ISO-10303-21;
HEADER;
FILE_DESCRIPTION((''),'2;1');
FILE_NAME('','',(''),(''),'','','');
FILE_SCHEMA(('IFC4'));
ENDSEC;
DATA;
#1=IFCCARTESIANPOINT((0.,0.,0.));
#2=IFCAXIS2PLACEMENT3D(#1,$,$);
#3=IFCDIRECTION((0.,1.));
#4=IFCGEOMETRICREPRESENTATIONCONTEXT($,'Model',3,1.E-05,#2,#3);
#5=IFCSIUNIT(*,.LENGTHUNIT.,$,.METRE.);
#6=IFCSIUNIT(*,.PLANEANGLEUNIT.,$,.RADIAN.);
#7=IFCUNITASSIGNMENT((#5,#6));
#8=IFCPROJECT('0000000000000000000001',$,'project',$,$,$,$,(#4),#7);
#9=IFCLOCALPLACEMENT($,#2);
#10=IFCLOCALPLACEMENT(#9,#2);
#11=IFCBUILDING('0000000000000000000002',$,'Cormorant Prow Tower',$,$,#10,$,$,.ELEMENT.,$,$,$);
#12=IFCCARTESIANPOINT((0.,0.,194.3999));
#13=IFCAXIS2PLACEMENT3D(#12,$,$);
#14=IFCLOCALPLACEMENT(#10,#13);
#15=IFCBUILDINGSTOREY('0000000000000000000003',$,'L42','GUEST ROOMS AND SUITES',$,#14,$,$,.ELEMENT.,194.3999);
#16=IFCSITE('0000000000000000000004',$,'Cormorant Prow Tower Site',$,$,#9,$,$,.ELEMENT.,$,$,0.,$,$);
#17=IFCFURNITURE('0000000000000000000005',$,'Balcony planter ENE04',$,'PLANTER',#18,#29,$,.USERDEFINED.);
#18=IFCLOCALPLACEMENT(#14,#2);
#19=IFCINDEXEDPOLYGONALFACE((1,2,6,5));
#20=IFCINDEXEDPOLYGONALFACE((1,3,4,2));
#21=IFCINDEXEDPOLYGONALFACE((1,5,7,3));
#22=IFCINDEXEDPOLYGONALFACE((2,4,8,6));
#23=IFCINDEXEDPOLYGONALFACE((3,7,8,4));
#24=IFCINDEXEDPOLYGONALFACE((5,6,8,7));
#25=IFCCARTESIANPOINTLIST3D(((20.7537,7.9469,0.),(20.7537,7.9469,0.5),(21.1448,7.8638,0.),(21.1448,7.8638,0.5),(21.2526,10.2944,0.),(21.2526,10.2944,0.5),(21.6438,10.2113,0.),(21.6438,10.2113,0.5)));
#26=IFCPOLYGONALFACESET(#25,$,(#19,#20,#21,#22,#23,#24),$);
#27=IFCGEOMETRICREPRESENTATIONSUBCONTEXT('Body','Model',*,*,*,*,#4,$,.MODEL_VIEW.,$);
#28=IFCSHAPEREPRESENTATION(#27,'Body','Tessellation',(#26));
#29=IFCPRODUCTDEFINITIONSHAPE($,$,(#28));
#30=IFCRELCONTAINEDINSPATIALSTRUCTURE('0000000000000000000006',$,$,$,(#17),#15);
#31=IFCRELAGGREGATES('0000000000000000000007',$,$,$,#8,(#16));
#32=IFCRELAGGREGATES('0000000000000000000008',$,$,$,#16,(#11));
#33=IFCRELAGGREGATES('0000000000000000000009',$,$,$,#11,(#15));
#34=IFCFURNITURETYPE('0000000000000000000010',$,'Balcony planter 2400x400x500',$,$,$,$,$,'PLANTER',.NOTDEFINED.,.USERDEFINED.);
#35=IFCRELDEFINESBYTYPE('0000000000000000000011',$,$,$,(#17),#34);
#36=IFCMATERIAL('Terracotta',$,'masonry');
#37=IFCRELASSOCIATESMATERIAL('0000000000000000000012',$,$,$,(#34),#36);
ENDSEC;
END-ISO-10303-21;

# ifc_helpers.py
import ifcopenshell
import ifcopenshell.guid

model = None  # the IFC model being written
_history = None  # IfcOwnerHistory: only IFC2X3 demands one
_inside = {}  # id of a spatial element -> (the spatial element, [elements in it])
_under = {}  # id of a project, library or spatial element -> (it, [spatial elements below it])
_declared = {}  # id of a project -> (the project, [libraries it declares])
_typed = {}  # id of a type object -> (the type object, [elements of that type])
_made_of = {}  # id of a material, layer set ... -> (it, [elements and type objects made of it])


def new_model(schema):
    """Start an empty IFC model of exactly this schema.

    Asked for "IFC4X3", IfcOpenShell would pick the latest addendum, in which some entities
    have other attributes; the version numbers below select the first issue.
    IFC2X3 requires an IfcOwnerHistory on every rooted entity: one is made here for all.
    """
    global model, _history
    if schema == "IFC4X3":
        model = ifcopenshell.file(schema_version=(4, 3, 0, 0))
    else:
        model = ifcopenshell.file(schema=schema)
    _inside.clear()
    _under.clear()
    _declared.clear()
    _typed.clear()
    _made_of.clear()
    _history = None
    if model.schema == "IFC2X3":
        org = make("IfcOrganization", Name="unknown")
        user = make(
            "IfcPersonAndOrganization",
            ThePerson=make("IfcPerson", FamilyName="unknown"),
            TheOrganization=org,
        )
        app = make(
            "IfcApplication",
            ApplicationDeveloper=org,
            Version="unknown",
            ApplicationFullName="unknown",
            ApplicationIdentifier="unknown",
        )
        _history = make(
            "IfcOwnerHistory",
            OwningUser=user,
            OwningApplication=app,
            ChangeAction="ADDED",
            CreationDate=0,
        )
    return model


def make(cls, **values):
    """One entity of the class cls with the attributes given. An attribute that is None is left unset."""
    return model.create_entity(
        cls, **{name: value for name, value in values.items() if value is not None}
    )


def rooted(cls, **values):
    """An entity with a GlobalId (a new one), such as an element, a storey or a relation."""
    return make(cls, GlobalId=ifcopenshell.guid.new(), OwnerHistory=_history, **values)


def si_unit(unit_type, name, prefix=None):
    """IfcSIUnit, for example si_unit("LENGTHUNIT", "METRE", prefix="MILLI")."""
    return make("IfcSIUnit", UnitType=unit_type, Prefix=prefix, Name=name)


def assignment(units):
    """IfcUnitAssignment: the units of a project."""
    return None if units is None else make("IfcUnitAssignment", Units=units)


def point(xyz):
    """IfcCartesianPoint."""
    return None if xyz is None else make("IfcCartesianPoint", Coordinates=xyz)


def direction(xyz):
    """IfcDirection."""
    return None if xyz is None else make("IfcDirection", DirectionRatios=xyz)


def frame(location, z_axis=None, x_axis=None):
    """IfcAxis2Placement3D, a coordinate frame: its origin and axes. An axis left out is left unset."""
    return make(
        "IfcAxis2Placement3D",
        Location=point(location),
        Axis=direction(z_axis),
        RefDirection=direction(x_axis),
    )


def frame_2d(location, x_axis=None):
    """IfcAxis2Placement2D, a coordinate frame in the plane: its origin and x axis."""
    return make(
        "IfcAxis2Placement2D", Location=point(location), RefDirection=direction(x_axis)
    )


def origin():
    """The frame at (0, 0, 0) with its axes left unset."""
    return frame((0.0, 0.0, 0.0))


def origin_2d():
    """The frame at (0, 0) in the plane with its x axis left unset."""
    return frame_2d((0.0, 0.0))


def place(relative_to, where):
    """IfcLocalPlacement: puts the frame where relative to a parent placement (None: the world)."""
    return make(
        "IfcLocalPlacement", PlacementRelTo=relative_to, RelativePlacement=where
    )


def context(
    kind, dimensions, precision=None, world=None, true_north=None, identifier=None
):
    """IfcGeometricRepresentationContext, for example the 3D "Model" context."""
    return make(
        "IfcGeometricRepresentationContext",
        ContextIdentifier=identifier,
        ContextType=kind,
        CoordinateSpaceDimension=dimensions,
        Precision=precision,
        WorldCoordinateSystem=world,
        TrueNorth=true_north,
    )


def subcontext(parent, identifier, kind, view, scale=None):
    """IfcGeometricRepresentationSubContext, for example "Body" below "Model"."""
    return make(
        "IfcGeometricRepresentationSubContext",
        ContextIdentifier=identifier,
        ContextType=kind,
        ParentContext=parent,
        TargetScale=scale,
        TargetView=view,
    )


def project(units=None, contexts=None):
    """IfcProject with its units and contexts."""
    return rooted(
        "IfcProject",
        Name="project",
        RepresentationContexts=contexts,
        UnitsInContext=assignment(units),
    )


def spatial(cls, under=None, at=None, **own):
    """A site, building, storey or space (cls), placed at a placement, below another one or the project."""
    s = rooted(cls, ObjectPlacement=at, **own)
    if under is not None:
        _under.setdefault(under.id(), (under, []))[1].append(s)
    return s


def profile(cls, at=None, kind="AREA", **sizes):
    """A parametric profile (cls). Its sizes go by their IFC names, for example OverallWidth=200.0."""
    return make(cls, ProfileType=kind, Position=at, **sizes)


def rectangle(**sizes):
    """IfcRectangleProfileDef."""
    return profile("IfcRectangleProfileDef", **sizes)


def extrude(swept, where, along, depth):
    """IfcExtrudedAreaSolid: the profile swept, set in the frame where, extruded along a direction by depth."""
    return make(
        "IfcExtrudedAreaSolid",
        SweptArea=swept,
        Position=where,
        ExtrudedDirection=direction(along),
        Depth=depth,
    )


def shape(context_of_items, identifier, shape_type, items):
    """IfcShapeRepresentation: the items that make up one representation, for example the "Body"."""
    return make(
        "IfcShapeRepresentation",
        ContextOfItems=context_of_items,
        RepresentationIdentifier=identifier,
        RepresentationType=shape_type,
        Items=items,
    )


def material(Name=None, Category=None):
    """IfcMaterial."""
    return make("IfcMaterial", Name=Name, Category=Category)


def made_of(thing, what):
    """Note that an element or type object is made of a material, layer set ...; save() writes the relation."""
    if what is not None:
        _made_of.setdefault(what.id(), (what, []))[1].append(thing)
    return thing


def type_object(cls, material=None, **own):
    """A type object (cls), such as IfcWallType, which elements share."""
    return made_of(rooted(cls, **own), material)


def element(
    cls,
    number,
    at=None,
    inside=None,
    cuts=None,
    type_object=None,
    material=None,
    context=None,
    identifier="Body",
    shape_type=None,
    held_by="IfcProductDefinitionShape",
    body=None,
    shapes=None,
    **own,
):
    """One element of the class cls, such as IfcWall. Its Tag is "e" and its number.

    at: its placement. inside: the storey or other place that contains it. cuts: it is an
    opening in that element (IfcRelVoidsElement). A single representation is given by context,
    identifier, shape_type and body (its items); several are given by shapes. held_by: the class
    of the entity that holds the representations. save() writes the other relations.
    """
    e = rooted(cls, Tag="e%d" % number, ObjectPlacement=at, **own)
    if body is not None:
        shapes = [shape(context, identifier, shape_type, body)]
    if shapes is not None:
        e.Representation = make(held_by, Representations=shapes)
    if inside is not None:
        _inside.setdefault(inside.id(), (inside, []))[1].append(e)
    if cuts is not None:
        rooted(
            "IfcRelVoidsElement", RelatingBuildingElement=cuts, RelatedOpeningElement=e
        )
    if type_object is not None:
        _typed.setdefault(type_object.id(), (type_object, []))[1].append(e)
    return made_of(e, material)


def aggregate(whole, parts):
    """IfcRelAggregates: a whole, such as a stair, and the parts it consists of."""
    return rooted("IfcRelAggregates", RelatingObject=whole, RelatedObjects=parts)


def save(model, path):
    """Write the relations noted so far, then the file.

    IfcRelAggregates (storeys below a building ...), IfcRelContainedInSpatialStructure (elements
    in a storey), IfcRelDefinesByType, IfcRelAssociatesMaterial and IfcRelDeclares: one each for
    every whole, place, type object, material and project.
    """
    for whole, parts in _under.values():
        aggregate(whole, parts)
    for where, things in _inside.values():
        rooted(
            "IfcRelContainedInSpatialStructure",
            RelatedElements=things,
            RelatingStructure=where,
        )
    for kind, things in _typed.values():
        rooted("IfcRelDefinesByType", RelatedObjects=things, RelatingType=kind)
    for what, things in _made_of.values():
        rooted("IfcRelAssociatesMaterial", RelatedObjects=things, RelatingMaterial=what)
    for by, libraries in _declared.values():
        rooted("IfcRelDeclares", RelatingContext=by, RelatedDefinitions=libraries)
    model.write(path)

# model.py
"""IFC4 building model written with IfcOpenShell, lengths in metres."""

from ifc_helpers import new_model, si_unit, direction, frame, origin, origin_2d, place, context, subcontext, project, spatial, rectangle, extrude, material, type_object, element, save


model = new_model("IFC4")

# Units and contexts
model_context = context("Model", 3, precision=1e-05, world=origin(), true_north=direction((0.0, 1.0)))
body_context = subcontext(model_context, "Body", "Model", "MODEL_VIEW")
ifc_project = project(units=[si_unit("LENGTHUNIT", "METRE"), si_unit("PLANEANGLEUNIT", "RADIAN")], contexts=[model_context])

# Site, building, storey
site_placement = place(None, origin())
site = spatial("IfcSite", under=ifc_project, at=site_placement, Name="Cormorant Prow Tower Site", CompositionType="ELEMENT", RefElevation=0.0)
building_placement = place(site_placement, origin())
building = spatial("IfcBuilding", under=site, at=building_placement, Name="Cormorant Prow Tower", CompositionType="ELEMENT")
storey_placement = place(building_placement, frame((0.0, 0.0, 194.3999)))
storey = spatial("IfcBuildingStorey", under=building, at=storey_placement, Name="L42", Description="GUEST ROOMS AND SUITES", CompositionType="ELEMENT", Elevation=194.3999)

# Furniture
ifc_material_1 = material(Name="Terracotta", Category="masonry")
furniture_type = type_object("IfcFurnitureType", Name="Balcony planter 2400x400x500", ElementType="PLANTER", AssemblyPlace="NOTDEFINED", PredefinedType="USERDEFINED", material=ifc_material_1)
furniture_placement = place(storey_placement, frame((21.1987, 9.0791, 0.0), z_axis=(0.0, 0.0, 1.0), x_axis=(0.207912, 0.978148, 0.0)))
element("IfcFurniture", 1, at=furniture_placement, inside=storey, type_object=furniture_type, Name="Balcony planter ENE04", ObjectType="PLANTER", PredefinedType="USERDEFINED", context=body_context, shape_type="SweptSolid", body=[
    extrude(rectangle(XDim=2.3999, YDim=0.3999, at=origin_2d()), origin(), (0.0, 0.0, 1.0), 0.5),
])

save(model, "model.ifc")
